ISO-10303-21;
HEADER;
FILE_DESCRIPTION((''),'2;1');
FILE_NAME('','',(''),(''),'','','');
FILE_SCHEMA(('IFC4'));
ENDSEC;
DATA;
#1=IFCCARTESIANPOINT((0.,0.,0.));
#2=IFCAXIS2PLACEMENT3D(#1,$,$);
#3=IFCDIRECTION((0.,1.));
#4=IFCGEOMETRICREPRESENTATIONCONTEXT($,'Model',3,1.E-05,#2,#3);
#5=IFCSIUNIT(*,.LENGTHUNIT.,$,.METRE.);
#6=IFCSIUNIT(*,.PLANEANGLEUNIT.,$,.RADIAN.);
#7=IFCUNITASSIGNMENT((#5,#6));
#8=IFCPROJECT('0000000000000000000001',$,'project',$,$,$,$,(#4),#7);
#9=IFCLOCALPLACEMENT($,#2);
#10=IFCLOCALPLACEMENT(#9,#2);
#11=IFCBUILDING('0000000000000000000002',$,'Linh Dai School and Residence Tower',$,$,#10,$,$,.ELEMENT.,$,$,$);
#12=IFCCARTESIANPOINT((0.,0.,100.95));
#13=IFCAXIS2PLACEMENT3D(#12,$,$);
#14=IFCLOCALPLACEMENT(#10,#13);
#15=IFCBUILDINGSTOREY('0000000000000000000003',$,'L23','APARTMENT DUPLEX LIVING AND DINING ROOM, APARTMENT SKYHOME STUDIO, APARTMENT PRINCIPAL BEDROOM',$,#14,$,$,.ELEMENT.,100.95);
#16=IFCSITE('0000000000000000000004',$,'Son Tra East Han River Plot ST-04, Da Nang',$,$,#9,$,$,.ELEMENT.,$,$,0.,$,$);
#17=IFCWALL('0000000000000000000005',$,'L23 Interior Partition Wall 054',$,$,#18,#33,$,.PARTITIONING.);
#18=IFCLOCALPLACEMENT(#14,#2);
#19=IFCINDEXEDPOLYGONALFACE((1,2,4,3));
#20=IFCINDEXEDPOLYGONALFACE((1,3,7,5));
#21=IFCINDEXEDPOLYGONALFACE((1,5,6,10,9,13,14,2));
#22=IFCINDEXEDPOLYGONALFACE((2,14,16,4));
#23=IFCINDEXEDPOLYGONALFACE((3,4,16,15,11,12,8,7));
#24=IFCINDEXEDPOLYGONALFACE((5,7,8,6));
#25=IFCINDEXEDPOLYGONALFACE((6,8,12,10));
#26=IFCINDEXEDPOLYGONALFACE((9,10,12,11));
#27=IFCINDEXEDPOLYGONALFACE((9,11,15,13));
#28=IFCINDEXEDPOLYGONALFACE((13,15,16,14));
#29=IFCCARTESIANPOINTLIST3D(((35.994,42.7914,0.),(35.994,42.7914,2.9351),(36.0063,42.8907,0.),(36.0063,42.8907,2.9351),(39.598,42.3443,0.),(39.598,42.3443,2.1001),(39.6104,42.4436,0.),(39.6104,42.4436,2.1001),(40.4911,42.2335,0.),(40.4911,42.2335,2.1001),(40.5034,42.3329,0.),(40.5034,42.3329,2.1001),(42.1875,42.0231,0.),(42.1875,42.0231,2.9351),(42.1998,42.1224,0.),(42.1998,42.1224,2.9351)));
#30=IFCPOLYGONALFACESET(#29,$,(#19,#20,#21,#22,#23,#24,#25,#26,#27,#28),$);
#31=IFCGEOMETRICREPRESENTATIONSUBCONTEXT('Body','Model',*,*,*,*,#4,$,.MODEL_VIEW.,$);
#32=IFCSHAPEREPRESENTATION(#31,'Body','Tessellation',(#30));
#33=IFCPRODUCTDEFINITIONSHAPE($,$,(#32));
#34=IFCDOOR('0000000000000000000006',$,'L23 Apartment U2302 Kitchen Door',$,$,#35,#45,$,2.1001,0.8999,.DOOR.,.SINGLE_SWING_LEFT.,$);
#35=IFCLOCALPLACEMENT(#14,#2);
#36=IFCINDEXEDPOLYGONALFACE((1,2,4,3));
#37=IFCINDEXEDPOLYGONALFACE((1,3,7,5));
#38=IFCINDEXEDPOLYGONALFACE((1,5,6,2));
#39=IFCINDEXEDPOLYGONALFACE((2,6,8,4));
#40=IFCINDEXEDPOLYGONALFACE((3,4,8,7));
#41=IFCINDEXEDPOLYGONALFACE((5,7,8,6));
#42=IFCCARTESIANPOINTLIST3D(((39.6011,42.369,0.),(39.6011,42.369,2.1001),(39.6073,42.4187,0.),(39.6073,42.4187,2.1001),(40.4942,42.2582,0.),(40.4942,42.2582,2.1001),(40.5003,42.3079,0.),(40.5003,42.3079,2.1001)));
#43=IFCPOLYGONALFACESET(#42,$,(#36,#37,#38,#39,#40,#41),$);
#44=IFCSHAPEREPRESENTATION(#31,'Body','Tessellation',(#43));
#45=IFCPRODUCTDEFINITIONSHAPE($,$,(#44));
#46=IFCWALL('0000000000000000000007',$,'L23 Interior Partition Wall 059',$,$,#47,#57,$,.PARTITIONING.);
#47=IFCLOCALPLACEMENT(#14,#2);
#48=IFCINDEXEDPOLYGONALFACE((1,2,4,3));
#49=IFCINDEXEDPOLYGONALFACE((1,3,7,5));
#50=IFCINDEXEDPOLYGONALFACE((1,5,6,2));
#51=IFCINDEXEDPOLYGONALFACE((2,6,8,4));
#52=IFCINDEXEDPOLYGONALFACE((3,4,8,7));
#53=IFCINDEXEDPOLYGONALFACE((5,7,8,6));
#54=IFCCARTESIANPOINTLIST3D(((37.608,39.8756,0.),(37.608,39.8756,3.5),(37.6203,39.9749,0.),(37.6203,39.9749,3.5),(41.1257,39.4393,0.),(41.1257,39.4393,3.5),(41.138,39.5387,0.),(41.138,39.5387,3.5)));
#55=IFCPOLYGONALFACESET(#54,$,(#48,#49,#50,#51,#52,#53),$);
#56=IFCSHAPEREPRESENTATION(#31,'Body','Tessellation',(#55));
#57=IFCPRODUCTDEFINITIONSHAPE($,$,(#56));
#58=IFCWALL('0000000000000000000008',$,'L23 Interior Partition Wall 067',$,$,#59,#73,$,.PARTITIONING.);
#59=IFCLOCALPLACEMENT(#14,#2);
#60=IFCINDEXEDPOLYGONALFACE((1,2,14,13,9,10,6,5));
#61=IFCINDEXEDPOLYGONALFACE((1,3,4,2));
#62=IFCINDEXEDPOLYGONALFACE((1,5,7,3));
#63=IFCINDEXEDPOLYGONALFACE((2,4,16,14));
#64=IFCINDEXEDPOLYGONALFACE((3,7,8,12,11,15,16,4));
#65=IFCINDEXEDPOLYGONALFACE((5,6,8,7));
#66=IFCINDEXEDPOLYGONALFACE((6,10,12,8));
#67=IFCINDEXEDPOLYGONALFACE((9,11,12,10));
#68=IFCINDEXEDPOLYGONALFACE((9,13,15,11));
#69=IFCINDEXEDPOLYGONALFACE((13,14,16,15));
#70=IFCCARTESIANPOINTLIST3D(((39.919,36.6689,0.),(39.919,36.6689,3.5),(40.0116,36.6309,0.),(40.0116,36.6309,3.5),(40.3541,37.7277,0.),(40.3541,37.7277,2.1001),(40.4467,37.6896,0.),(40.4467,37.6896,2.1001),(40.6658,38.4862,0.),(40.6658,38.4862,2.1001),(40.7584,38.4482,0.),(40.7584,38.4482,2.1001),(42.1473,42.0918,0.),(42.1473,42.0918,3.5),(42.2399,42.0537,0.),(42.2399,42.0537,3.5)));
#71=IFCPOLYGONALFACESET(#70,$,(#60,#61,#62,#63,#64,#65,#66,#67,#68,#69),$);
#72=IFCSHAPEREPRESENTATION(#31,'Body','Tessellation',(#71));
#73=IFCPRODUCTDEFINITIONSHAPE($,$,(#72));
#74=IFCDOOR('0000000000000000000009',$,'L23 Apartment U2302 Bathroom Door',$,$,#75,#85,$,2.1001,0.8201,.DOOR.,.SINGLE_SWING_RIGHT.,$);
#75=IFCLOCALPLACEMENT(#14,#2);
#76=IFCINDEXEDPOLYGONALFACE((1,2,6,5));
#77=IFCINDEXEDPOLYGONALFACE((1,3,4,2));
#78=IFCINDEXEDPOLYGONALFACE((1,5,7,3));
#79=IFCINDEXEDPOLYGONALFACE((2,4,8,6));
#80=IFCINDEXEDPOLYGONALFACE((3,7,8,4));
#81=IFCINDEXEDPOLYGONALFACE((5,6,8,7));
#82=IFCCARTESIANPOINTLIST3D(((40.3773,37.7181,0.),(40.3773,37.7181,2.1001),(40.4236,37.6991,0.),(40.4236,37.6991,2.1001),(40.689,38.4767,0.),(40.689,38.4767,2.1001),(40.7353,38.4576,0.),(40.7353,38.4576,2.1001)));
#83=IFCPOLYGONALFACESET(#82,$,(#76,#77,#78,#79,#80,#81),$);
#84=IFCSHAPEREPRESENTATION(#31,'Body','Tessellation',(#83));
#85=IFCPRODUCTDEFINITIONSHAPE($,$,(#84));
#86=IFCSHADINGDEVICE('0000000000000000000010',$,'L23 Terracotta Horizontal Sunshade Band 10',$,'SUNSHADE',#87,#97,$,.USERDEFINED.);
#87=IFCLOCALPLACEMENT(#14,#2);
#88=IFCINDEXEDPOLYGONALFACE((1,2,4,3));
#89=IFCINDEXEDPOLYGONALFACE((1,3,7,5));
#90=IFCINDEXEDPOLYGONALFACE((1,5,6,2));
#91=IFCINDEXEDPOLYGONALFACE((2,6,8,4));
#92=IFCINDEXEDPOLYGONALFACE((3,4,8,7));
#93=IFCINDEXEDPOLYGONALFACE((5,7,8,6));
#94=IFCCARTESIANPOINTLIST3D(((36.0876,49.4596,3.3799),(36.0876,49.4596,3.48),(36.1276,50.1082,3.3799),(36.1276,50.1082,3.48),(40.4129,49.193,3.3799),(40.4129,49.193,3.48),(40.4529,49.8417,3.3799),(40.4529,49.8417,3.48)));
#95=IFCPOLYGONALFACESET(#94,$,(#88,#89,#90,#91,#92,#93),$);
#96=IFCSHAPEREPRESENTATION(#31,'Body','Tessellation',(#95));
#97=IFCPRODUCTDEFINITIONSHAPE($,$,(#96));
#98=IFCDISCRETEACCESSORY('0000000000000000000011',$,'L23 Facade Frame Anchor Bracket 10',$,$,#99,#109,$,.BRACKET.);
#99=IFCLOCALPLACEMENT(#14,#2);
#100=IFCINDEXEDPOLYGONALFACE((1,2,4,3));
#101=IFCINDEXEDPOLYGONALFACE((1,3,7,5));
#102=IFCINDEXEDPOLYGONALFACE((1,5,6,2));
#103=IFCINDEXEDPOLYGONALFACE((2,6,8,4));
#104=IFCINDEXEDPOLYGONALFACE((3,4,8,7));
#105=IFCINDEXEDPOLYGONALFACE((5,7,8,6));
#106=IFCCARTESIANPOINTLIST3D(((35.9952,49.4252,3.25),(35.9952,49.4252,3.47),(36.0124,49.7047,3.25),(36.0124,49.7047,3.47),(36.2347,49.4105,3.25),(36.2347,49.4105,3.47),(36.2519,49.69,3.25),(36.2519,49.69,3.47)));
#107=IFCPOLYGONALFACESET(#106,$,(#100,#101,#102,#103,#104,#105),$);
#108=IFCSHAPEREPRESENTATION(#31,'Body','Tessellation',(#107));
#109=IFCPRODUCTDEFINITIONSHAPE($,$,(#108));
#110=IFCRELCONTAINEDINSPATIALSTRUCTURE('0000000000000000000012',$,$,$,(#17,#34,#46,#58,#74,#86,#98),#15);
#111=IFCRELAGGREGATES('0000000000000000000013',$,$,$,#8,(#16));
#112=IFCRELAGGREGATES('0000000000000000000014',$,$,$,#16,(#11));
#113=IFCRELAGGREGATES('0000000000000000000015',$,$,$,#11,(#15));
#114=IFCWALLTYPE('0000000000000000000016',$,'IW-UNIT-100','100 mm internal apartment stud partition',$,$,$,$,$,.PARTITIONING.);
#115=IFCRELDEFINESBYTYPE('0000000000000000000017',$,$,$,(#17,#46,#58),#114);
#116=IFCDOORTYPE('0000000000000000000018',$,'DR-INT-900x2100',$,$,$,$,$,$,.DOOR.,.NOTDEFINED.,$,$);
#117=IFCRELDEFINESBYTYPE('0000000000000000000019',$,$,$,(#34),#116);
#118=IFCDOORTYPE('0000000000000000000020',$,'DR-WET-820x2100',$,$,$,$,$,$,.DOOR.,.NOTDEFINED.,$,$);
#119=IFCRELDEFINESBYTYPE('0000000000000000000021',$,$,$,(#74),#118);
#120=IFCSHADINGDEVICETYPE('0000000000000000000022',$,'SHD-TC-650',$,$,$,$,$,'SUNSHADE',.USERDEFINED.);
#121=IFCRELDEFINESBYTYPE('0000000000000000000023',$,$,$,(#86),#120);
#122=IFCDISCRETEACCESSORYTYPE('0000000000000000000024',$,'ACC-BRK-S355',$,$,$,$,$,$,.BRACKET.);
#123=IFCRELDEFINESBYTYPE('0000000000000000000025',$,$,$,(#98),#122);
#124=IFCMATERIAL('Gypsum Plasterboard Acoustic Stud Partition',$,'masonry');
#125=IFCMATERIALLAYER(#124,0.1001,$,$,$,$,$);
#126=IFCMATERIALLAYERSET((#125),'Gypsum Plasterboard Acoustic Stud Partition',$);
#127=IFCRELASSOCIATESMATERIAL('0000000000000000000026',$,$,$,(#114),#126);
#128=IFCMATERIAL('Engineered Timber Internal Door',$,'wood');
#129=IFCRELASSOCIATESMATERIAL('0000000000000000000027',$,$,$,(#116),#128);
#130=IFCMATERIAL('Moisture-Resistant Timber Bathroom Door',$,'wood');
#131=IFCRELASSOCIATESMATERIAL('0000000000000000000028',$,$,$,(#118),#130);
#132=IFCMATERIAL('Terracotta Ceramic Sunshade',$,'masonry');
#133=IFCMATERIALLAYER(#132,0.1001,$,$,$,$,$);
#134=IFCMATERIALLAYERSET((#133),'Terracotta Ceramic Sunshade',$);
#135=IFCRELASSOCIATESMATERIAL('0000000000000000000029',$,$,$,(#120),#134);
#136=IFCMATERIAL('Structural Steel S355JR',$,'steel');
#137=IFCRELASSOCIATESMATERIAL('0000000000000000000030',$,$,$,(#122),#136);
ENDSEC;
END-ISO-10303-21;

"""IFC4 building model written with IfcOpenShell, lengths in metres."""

from ifc_helpers import new_model, si_unit, direction, frame, frame_2d, origin, origin_2d, place, context, subcontext, project, spatial, rectangle, extrude, source, transform, mapped, material, layer, layer_set, type_object, element, fill, save


model = new_model("IFC4")

# Units and contexts
model_context = context("Model", 3, precision=1e-05, world=origin(), true_north=direction((0.0, 1.0)))
body_context = subcontext(model_context, "Body", "Model", "MODEL_VIEW")
ifc_project = project(units=[si_unit("LENGTHUNIT", "METRE"), si_unit("PLANEANGLEUNIT", "RADIAN")], contexts=[model_context])

# Site, building, storey
site_placement = place(None, origin())
site = spatial("IfcSite", under=ifc_project, at=site_placement, Name="Son Tra East Han River Plot ST-04, Da Nang", CompositionType="ELEMENT", RefElevation=0.0)
building_placement = place(site_placement, origin())
building = spatial("IfcBuilding", under=site, at=building_placement, Name="Linh Dai School and Residence Tower", CompositionType="ELEMENT")
storey_placement = place(building_placement, frame((0.0, 0.0, 100.95)))
storey = spatial("IfcBuildingStorey", under=building, at=storey_placement, Name="L23", Description="APARTMENT DUPLEX LIVING AND DINING ROOM, APARTMENT SKYHOME STUDIO, APARTMENT PRINCIPAL BEDROOM", CompositionType="ELEMENT", Elevation=100.95)

# Shared definitions
ifc_material_1 = material(Name="Structural Steel S355JR", Category="steel")

# Wall, opening, door
ifc_material_2 = material(Name="Gypsum Plasterboard Acoustic Stud Partition", Category="masonry")
ifc_layer_1 = layer(ifc_material_2, 0.1001)
ifc_layer_set_1 = layer_set([ifc_layer_1], Name="Gypsum Plasterboard Acoustic Stud Partition")
wall_type_1 = type_object("IfcWallType", Name="IW-UNIT-100", Description="100 mm internal apartment stud partition", PredefinedType="PARTITIONING", material=ifc_layer_set_1)
wall_1_placement = place(storey_placement, frame((36.0, 42.8411, 0.0), z_axis=(0.0, 0.0, 1.0), x_axis=(0.992394, -0.123105, 0.0)))
wall_1 = element("IfcWall", 1, at=wall_1_placement, inside=storey, type_object=wall_type_1, Name="L23 Interior Partition Wall 054", PredefinedType="PARTITIONING", context=body_context, shape_type="SweptSolid", body=[
    extrude(rectangle(XDim=6.241, YDim=0.1001, at=frame_2d((3.1206, 0.0))), origin(), (0.0, 0.0, 1.0), 2.9351),
])
opening_1_placement = place(wall_1_placement, frame((3.6318, 0.0, 0.0)))
opening_1 = element("IfcOpeningElement", 2, at=opening_1_placement, cuts=wall_1, PredefinedType="OPENING", context=body_context, shape_type="SweptSolid", body=[
    extrude(rectangle(XDim=0.8999, YDim=2.1001, at=origin_2d()), frame((0.45, 0.0601, 1.05), z_axis=(0.0, -1.0, 0.0), x_axis=(1.0, 0.0, 0.0)), (0.0, 0.0, 1.0), 0.1201),
])
ifc_material_3 = material(Name="Engineered Timber Internal Door", Category="wood")
door_type_1 = type_object("IfcDoorType", Name="DR-INT-900x2100", OperationType="NOTDEFINED", PredefinedType="DOOR", material=ifc_material_3)
shared_shape_1 = source(origin(), body_context, "Body", "SweptSolid", [
    extrude(rectangle(XDim=0.8999, YDim=2.1001, at=origin_2d()), frame((0.45, 0.0249, 1.05), z_axis=(0.0, -1.0, 0.0), x_axis=(1.0, 0.0, 0.0)), (0.0, 0.0, 1.0), 0.05),
])
door_1_placement = place(opening_1_placement, origin())
door_1 = element("IfcDoor", 3, at=door_1_placement, inside=storey, type_object=door_type_1, Name="L23 Apartment U2302 Kitchen Door", OperationType="SINGLE_SWING_LEFT", OverallHeight=2.1001, OverallWidth=0.8999, PredefinedType="DOOR", context=body_context, shape_type="MappedRepresentation", body=[
    mapped(shared_shape_1, transform((0.0, 0.0, 0.0), x_axis=(1.0, 0.0, 0.0), y_axis=(0.0, 1.0, 0.0), z_axis=(0.0, 0.0, 1.0), scale=1.0)),
])
fill(opening_1, door_1)

# Wall
wall_2_placement = place(storey_placement, frame((37.614, 39.9253, 0.0), z_axis=(0.0, 0.0, 1.0), x_axis=(0.992397, -0.123077, 0.0)))
element("IfcWall", 4, at=wall_2_placement, inside=storey, type_object=wall_type_1, Name="L23 Interior Partition Wall 059", PredefinedType="PARTITIONING", context=body_context, shape_type="SweptSolid", body=[
    extrude(rectangle(XDim=3.5447, YDim=0.1001, at=frame_2d((1.7725, 0.0))), origin(), (0.0, 0.0, 1.0), 3.5),
])

# Wall, opening, door
wall_3_placement = place(storey_placement, frame((39.9653, 36.6499, 0.0), z_axis=(0.0, 0.0, 1.0), x_axis=(0.380069, 0.924958, 0.0)))
wall_3 = element("IfcWall", 5, at=wall_3_placement, inside=storey, type_object=wall_type_1, Name="L23 Interior Partition Wall 067", PredefinedType="PARTITIONING", context=body_context, shape_type="SweptSolid", body=[
    extrude(rectangle(XDim=5.8628, YDim=0.1001, at=frame_2d((2.9314, 0.0))), origin(), (0.0, 0.0, 1.0), 3.5),
])
opening_2_placement = place(wall_3_placement, frame((1.1445, 0.0, 0.0)))
opening_2 = element("IfcOpeningElement", 6, at=opening_2_placement, cuts=wall_3, PredefinedType="OPENING", context=body_context, shape_type="SweptSolid", body=[
    extrude(rectangle(XDim=0.8201, YDim=2.1001, at=origin_2d()), frame((0.4102, 0.0601, 1.05), z_axis=(0.0, -1.0, 0.0), x_axis=(1.0, 0.0, 0.0)), (0.0, 0.0, 1.0), 0.1201),
])
ifc_material_4 = material(Name="Moisture-Resistant Timber Bathroom Door", Category="wood")
door_type_2 = type_object("IfcDoorType", Name="DR-WET-820x2100", OperationType="NOTDEFINED", PredefinedType="DOOR", material=ifc_material_4)
shared_shape_2 = source(origin(), body_context, "Body", "SweptSolid", [
    extrude(rectangle(XDim=0.8201, YDim=2.1001, at=origin_2d()), frame((0.4102, 0.0249, 1.05), z_axis=(0.0, -1.0, 0.0), x_axis=(1.0, 0.0, 0.0)), (0.0, 0.0, 1.0), 0.05),
])
door_2_placement = place(opening_2_placement, origin())
door_2 = element("IfcDoor", 7, at=door_2_placement, inside=storey, type_object=door_type_2, Name="L23 Apartment U2302 Bathroom Door", OperationType="SINGLE_SWING_RIGHT", OverallHeight=2.1001, OverallWidth=0.8201, PredefinedType="DOOR", context=body_context, shape_type="MappedRepresentation", body=[
    mapped(shared_shape_2, transform((0.0, 0.0, 0.0), x_axis=(1.0, 0.0, 0.0), y_axis=(0.0, 1.0, 0.0), z_axis=(0.0, 0.0, 1.0), scale=1.0)),
])
fill(opening_2, door_2)

# Shading device
ifc_material_5 = material(Name="Terracotta Ceramic Sunshade", Category="masonry")
ifc_layer_2 = layer(ifc_material_5, 0.1001)
ifc_layer_set_2 = layer_set([ifc_layer_2], Name="Terracotta Ceramic Sunshade")
shading_device_type = type_object("IfcShadingDeviceType", Name="SHD-TC-650", ElementType="SUNSHADE", PredefinedType="USERDEFINED", material=ifc_layer_set_2)
shared_shape_3 = source(origin(), body_context, "Body", "SweptSolid", [
    extrude(rectangle(XDim=4.3335, YDim=0.6499, at=origin_2d()), origin(), (0.0, 0.0, 1.0), 0.1001),
])
shading_device_placement = place(storey_placement, frame((38.2703, 49.6506, 3.3799), z_axis=(0.0, 0.0, 1.0), x_axis=(0.998107, -0.061509, 0.0)))
element("IfcShadingDevice", 8, at=shading_device_placement, inside=storey, type_object=shading_device_type, Name="L23 Terracotta Horizontal Sunshade Band 10", ObjectType="SUNSHADE", PredefinedType="USERDEFINED", context=body_context, shape_type="MappedRepresentation", body=[
    mapped(shared_shape_3, transform((0.0, 0.0, 0.0), x_axis=(1.0, 0.0, 0.0), y_axis=(0.0, 1.0, 0.0), z_axis=(0.0, 0.0, 1.0), scale=1.0)),
])

# Discrete accessory
discrete_accessory_type = type_object("IfcDiscreteAccessoryType", Name="ACC-BRK-S355", PredefinedType="BRACKET", material=ifc_material_1)
shared_shape_4 = source(origin(), body_context, "Body", "SweptSolid", [
    extrude(rectangle(XDim=0.28, YDim=0.24, at=origin_2d()), origin(), (0.0, 0.0, 1.0), 0.22),
])
discrete_accessory_placement = place(storey_placement, frame((36.1235, 49.5576, 3.25), z_axis=(0.0, 0.0, 1.0), x_axis=(0.061509, 0.998107, 0.0)))
element("IfcDiscreteAccessory", 9, at=discrete_accessory_placement, inside=storey, type_object=discrete_accessory_type, Name="L23 Facade Frame Anchor Bracket 10", PredefinedType="BRACKET", context=body_context, shape_type="MappedRepresentation", body=[
    mapped(shared_shape_4, transform((0.0, 0.0, 0.0), x_axis=(1.0, 0.0, 0.0), y_axis=(0.0, 1.0, 0.0), z_axis=(0.0, 0.0, 1.0), scale=1.0)),
])

save(model, "model.ifc")
